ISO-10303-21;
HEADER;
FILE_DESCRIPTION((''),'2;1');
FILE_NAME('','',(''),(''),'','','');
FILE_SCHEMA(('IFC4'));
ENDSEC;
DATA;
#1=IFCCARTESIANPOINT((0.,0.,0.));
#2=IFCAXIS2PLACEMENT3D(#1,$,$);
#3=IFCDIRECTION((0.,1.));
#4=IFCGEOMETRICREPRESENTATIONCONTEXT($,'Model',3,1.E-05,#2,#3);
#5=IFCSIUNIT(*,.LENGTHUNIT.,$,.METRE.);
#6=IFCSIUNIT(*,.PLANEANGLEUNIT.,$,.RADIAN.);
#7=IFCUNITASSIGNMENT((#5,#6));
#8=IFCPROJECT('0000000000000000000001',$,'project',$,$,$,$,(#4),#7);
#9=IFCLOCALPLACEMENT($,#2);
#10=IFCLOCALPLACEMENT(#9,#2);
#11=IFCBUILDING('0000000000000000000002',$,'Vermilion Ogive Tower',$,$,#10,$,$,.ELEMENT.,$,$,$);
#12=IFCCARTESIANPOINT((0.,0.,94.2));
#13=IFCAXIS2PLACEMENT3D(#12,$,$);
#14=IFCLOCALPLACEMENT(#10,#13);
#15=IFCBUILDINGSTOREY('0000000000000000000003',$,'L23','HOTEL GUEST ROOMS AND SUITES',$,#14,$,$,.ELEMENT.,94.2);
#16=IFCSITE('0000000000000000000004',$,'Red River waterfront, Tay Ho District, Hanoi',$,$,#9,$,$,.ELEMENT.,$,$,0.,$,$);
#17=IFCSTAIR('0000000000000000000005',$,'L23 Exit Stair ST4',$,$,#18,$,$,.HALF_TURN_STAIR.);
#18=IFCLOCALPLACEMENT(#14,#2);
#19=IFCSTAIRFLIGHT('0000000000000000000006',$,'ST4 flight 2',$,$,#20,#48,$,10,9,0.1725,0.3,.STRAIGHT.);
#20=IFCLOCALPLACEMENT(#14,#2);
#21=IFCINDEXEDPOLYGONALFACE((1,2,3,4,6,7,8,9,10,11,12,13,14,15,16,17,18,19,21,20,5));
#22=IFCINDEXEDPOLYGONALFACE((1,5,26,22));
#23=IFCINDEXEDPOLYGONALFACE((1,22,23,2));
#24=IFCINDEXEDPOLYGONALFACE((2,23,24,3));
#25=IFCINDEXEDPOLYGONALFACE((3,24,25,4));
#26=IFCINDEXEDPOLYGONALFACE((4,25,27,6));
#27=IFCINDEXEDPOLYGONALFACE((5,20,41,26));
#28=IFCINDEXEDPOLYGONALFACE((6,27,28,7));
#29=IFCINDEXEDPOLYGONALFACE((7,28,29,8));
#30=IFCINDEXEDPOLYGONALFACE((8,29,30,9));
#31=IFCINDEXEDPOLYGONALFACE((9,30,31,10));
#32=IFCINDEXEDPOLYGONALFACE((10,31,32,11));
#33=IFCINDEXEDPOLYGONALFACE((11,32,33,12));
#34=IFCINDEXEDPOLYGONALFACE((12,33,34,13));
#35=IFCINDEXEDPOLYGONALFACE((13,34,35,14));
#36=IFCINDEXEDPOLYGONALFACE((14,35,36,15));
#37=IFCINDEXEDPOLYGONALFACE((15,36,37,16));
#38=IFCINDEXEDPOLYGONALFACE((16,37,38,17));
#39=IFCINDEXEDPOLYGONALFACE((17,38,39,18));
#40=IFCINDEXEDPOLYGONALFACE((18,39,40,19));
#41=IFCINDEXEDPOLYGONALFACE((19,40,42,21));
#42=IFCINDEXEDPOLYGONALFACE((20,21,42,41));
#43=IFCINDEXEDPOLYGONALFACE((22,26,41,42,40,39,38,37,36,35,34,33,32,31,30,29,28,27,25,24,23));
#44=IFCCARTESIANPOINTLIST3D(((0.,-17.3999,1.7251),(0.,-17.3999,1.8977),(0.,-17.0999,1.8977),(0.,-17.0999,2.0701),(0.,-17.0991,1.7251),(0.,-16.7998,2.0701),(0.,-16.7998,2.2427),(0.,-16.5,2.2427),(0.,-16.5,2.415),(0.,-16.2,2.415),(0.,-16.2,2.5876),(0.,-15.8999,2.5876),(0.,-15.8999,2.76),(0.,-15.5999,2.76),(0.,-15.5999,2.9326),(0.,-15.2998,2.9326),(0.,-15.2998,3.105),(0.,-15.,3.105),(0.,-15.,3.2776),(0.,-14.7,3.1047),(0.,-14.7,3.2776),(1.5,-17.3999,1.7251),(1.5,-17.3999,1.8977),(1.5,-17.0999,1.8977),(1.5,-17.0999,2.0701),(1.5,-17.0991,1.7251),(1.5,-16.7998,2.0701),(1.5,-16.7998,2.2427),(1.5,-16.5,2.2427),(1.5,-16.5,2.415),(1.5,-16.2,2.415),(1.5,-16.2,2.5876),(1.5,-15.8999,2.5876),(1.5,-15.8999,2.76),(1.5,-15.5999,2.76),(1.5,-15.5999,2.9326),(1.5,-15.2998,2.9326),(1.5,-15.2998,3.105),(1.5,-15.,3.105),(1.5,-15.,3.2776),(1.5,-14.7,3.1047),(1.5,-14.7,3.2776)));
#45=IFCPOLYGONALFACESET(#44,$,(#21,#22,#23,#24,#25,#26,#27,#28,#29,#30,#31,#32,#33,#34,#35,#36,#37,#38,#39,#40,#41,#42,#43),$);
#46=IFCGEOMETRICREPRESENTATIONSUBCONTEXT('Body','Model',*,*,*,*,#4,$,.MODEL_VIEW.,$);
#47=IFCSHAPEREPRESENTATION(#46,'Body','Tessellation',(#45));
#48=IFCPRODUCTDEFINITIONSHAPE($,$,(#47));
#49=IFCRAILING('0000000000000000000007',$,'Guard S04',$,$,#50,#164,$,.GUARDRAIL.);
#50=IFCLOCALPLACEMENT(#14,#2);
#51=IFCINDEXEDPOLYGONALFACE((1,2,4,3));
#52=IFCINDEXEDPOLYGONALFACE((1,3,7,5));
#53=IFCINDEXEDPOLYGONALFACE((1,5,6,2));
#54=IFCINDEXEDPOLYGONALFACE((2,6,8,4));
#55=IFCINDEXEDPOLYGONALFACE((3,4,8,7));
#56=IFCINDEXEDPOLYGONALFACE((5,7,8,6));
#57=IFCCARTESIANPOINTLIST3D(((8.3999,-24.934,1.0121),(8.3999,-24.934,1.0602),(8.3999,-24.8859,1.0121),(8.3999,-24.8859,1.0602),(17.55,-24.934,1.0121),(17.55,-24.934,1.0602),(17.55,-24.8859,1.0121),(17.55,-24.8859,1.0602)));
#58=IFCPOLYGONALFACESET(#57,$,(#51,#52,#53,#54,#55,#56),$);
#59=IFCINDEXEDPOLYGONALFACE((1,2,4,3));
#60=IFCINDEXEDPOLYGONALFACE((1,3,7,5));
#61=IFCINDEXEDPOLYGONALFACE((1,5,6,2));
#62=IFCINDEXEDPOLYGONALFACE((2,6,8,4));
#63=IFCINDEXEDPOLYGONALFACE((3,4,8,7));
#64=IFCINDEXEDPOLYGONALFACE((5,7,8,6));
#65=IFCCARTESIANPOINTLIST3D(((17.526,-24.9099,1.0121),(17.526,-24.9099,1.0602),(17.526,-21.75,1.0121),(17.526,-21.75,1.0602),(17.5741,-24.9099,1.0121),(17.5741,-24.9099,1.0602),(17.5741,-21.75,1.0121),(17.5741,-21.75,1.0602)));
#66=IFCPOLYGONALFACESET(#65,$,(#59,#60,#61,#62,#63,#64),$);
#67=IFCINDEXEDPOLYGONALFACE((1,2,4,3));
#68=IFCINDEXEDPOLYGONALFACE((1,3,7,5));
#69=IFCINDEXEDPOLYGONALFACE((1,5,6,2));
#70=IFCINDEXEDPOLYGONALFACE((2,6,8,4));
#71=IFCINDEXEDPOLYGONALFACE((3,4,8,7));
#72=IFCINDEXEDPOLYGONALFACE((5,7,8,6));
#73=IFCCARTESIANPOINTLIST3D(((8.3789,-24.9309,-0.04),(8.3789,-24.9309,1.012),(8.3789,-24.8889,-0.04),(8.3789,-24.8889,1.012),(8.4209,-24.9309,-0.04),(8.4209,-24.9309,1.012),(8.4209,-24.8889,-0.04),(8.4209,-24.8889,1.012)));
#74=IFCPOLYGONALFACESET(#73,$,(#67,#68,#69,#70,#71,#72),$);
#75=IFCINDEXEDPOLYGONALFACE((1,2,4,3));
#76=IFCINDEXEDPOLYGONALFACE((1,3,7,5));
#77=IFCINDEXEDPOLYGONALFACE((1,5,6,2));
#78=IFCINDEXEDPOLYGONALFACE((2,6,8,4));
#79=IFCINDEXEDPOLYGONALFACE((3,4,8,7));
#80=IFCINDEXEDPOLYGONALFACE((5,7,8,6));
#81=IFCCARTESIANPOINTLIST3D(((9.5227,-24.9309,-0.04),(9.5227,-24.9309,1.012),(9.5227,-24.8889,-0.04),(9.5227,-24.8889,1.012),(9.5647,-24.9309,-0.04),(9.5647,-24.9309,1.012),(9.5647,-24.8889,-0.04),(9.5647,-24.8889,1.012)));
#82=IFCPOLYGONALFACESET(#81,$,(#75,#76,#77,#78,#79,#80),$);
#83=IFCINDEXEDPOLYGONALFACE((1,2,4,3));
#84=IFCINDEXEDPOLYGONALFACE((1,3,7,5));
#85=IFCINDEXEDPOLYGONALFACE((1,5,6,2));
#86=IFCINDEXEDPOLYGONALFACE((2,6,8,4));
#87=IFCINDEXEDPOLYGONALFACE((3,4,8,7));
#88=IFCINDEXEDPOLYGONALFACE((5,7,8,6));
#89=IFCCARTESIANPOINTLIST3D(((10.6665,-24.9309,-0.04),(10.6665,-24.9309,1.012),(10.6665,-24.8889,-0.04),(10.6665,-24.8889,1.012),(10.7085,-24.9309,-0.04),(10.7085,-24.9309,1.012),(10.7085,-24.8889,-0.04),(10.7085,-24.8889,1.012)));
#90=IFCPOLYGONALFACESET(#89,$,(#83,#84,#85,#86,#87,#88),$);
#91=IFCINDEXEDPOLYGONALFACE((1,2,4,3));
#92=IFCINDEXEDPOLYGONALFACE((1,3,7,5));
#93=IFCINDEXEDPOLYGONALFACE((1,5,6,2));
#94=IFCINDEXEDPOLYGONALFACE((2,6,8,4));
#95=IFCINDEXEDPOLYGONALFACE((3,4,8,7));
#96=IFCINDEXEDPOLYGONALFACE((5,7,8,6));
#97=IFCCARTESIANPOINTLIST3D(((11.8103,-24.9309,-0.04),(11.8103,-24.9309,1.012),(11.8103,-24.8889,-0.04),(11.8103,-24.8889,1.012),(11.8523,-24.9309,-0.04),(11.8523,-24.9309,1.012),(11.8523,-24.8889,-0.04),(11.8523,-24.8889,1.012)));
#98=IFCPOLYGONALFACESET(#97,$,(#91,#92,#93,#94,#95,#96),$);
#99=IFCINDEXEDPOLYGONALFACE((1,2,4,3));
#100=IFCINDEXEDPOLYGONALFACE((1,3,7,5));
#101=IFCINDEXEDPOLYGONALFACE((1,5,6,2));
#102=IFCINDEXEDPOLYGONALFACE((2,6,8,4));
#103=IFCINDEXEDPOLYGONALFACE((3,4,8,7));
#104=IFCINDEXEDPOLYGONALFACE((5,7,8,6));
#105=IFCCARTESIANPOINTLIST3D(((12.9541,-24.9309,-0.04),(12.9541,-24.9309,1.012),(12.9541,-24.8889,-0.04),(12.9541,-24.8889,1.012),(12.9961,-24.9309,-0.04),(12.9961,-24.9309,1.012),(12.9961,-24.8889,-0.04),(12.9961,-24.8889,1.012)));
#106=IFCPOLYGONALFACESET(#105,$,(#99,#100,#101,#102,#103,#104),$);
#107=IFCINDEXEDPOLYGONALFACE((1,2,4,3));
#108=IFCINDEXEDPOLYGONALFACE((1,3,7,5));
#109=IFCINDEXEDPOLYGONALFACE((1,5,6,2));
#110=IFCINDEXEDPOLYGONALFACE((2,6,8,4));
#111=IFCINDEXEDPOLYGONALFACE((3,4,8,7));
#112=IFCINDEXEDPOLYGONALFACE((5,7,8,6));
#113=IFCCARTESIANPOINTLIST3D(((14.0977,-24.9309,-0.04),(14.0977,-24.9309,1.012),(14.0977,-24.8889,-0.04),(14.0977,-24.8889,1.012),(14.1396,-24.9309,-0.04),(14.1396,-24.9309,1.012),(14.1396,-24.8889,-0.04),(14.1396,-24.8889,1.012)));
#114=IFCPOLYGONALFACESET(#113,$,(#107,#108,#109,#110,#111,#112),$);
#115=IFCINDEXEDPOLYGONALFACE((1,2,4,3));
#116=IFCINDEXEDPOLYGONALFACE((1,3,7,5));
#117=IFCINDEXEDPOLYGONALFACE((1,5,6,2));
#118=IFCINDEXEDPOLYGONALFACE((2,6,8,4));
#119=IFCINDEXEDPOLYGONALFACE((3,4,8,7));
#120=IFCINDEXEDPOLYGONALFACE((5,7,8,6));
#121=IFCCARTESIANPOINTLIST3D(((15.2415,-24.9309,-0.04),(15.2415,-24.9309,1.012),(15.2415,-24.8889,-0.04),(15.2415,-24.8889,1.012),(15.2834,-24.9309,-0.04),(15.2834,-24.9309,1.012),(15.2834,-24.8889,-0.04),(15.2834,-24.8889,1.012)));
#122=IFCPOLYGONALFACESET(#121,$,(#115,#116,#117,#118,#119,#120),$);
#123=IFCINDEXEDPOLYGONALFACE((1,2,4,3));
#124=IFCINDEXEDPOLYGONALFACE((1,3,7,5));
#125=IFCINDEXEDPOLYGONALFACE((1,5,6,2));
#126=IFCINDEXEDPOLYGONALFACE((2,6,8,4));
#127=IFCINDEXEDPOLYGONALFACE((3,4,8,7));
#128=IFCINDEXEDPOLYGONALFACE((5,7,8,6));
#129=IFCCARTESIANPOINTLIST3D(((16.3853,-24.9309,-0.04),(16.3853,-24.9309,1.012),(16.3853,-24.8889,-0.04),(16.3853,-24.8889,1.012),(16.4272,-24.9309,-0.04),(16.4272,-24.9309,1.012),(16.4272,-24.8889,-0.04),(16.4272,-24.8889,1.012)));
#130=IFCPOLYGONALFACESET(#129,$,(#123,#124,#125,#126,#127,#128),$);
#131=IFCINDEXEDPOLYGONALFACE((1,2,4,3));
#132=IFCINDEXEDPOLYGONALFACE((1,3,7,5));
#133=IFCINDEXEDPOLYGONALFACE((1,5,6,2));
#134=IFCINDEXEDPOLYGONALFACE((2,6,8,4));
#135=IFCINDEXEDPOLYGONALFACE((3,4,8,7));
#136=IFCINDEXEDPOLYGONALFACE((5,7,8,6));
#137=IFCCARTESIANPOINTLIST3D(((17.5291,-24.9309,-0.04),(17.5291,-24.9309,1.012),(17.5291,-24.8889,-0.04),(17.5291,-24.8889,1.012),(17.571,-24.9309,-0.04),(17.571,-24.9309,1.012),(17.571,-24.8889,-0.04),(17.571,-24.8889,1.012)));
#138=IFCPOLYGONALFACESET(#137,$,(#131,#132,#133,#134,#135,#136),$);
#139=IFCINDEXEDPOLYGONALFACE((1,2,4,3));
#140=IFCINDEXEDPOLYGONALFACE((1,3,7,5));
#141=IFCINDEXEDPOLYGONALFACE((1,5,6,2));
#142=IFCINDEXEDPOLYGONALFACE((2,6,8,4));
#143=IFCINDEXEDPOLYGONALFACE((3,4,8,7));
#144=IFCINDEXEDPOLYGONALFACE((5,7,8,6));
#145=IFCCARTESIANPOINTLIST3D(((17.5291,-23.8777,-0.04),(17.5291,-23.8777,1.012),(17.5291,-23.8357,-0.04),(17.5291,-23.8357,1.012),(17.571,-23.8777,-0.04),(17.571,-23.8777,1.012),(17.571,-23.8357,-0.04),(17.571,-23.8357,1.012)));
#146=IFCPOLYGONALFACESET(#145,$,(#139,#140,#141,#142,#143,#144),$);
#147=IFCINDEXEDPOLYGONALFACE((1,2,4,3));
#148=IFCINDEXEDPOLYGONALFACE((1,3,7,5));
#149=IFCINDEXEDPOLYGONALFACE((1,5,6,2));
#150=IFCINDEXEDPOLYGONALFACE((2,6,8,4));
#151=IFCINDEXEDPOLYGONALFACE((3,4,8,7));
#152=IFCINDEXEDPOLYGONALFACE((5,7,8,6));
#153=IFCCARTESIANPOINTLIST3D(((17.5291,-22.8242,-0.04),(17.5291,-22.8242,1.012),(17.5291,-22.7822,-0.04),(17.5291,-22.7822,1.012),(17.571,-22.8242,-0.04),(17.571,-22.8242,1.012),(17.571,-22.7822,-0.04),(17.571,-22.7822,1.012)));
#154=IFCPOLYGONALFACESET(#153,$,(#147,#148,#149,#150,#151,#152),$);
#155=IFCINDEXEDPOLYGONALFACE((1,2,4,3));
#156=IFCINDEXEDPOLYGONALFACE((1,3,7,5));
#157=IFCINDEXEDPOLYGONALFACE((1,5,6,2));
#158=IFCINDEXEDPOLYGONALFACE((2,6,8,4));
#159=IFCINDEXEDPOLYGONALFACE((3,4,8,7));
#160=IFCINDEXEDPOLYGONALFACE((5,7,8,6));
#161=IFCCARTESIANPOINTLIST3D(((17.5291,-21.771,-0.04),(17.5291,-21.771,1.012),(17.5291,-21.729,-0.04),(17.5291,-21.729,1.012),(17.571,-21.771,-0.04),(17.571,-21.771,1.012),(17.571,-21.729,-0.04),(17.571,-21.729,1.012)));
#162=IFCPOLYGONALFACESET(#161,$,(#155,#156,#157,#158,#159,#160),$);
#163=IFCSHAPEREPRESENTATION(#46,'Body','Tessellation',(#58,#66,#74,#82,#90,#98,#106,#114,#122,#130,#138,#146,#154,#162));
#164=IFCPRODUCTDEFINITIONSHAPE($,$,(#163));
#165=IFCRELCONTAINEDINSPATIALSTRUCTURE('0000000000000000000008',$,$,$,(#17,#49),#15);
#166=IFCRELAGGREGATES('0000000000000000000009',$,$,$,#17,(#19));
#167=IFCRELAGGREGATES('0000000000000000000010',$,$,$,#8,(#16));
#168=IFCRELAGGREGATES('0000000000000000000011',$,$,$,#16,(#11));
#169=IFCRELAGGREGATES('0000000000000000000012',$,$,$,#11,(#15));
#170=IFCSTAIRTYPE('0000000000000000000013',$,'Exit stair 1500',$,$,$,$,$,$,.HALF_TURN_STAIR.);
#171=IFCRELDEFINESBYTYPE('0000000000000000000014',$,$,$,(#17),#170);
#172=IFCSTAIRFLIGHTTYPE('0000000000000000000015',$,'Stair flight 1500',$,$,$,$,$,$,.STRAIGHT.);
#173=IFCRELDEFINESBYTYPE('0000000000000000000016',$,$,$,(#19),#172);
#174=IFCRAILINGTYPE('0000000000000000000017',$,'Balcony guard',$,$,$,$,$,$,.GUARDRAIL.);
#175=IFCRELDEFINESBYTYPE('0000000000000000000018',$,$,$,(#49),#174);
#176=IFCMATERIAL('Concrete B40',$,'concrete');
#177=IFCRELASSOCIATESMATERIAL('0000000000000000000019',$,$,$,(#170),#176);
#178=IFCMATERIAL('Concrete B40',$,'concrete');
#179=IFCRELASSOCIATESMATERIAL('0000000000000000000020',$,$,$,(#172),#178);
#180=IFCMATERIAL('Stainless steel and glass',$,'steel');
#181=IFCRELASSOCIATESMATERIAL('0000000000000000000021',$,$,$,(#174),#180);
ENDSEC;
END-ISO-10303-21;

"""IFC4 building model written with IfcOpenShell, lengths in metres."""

from ifc_helpers import new_model, si_unit, direction, frame, origin, origin_2d, place, context, subcontext, project, spatial, polyline, rectangle, outline, extrude, material, type_object, element, aggregate, save


model = new_model("IFC4")

# Units and contexts
model_context = context("Model", 3, precision=1e-05, world=origin(), true_north=direction((0.0, 1.0)))
body_context = subcontext(model_context, "Body", "Model", "MODEL_VIEW")
ifc_project = project(units=[si_unit("LENGTHUNIT", "METRE"), si_unit("PLANEANGLEUNIT", "RADIAN")], contexts=[model_context])

# Site, building, storey
site_placement = place(None, origin())
site = spatial("IfcSite", under=ifc_project, at=site_placement, Name="Red River waterfront, Tay Ho District, Hanoi", CompositionType="ELEMENT", RefElevation=0.0)
building_placement = place(site_placement, origin())
building = spatial("IfcBuilding", under=site, at=building_placement, Name="Vermilion Ogive Tower", CompositionType="ELEMENT")
storey_placement = place(building_placement, frame((0.0, 0.0, 94.2)))
storey = spatial("IfcBuildingStorey", under=building, at=storey_placement, Name="L23", Description="HOTEL GUEST ROOMS AND SUITES", CompositionType="ELEMENT", Elevation=94.2)

# Stair, stair flight
ifc_material_1 = material(Name="Concrete B40", Category="concrete")
stair_type = type_object("IfcStairType", Name="Exit stair 1500", PredefinedType="HALF_TURN_STAIR", material=ifc_material_1)
stair_placement = place(storey_placement, origin())
stair = element("IfcStair", 1, at=stair_placement, inside=storey, type_object=stair_type, Name="L23 Exit Stair ST4", PredefinedType="HALF_TURN_STAIR")
ifc_material_2 = material(Name="Concrete B40", Category="concrete")
stair_flight_type = type_object("IfcStairFlightType", Name="Stair flight 1500", PredefinedType="STRAIGHT", material=ifc_material_2)
stair_flight_placement = place(storey_placement, frame((0.75, -17.3999, 1.7251), z_axis=(0.0, 0.0, 1.0), x_axis=(0.0, 1.0, 0.0)))
stair_flight = element("IfcStairFlight", 2, at=stair_flight_placement, type_object=stair_flight_type, Name="ST4 flight 2", NumberOfRisers=10, NumberOfTreads=9, PredefinedType="STRAIGHT", RiserHeight=0.1725, TreadLength=0.3, context=body_context, shape_type="SweptSolid", body=[
    extrude(outline(polyline([(0.0, 0.0), (0.0, 0.1726), (0.3, 0.1726), (0.3, 0.345), (0.6001, 0.345), (0.6001, 0.5176), (0.8999, 0.5176), (0.8999, 0.6899), (1.2, 0.6899), (1.2, 0.8625), (1.5, 0.8625), (1.5, 1.0349), (1.8, 1.0349), (1.8, 1.2075), (2.1001, 1.2075), (2.1001, 1.3799), (2.3999, 1.3799), (2.3999, 1.5525), (2.7, 1.5525), (2.7, 1.7251), (2.7, 1.3796), (0.3008, 0.0), (0.0, 0.0)])), frame((0.0, 0.75, 0.0), z_axis=(0.0, -1.0, 0.0), x_axis=(1.0, 0.0, 0.0)), (0.0, 0.0, 1.0), 1.5),
])
aggregate(stair, [stair_flight])

# Railing
ifc_material_3 = material(Name="Stainless steel and glass", Category="steel")
railing_type_1 = type_object("IfcRailingType", Name="Balcony guard", PredefinedType="GUARDRAIL", material=ifc_material_3)
railing_1_placement = place(storey_placement, frame((8.3999, -24.9099, -0.04)))
element("IfcRailing", 3, at=railing_1_placement, inside=storey, type_object=railing_type_1, Name="Guard S04", PredefinedType="GUARDRAIL", context=body_context, shape_type="SweptSolid", body=[
    extrude(rectangle(XDim=0.0481, YDim=0.0481, at=origin_2d()), frame((0.0, 0.0, 1.0762), z_axis=(1.0, 0.0, 0.0), x_axis=(0.0, 1.0, 0.0)), (0.0, 0.0, 1.0), 9.1501),
    extrude(rectangle(XDim=0.0481, YDim=0.0481, at=origin_2d()), frame((9.1501, 0.0, 1.0762), z_axis=(0.0, 1.0, 0.0), x_axis=(-1.0, 0.0, 0.0)), (0.0, 0.0, 1.0), 3.1599),
    extrude(rectangle(XDim=0.042, YDim=0.042, at=origin_2d()), origin(), (0.0, 0.0, 1.0), 1.052),
    extrude(rectangle(XDim=0.042, YDim=0.042, at=origin_2d()), frame((1.1438, 0.0, 0.0)), (0.0, 0.0, 1.0), 1.052),
    extrude(rectangle(XDim=0.042, YDim=0.042, at=origin_2d()), frame((2.2876, 0.0, 0.0)), (0.0, 0.0, 1.0), 1.052),
    extrude(rectangle(XDim=0.042, YDim=0.042, at=origin_2d()), frame((3.4314, 0.0, 0.0)), (0.0, 0.0, 1.0), 1.052),
    extrude(rectangle(XDim=0.042, YDim=0.042, at=origin_2d()), frame((4.5752, 0.0, 0.0)), (0.0, 0.0, 1.0), 1.052),
    extrude(rectangle(XDim=0.042, YDim=0.042, at=origin_2d()), frame((5.7188, 0.0, 0.0)), (0.0, 0.0, 1.0), 1.052),
    extrude(rectangle(XDim=0.042, YDim=0.042, at=origin_2d()), frame((6.8625, 0.0, 0.0)), (0.0, 0.0, 1.0), 1.052),
    extrude(rectangle(XDim=0.042, YDim=0.042, at=origin_2d()), frame((8.0063, 0.0, 0.0)), (0.0, 0.0, 1.0), 1.052),
    extrude(rectangle(XDim=0.042, YDim=0.042, at=origin_2d()), frame((9.1501, 0.0, 0.0)), (0.0, 0.0, 1.0), 1.052),
    extrude(rectangle(XDim=0.042, YDim=0.042, at=origin_2d()), frame((9.1501, 1.0532, 0.0)), (0.0, 0.0, 1.0), 1.052),
    extrude(rectangle(XDim=0.042, YDim=0.042, at=origin_2d()), frame((9.1501, 2.1067, 0.0)), (0.0, 0.0, 1.0), 1.052),
    extrude(rectangle(XDim=0.042, YDim=0.042, at=origin_2d()), frame((9.1501, 3.1599, 0.0)), (0.0, 0.0, 1.0), 1.052),
])

save(model, "model.ifc")
